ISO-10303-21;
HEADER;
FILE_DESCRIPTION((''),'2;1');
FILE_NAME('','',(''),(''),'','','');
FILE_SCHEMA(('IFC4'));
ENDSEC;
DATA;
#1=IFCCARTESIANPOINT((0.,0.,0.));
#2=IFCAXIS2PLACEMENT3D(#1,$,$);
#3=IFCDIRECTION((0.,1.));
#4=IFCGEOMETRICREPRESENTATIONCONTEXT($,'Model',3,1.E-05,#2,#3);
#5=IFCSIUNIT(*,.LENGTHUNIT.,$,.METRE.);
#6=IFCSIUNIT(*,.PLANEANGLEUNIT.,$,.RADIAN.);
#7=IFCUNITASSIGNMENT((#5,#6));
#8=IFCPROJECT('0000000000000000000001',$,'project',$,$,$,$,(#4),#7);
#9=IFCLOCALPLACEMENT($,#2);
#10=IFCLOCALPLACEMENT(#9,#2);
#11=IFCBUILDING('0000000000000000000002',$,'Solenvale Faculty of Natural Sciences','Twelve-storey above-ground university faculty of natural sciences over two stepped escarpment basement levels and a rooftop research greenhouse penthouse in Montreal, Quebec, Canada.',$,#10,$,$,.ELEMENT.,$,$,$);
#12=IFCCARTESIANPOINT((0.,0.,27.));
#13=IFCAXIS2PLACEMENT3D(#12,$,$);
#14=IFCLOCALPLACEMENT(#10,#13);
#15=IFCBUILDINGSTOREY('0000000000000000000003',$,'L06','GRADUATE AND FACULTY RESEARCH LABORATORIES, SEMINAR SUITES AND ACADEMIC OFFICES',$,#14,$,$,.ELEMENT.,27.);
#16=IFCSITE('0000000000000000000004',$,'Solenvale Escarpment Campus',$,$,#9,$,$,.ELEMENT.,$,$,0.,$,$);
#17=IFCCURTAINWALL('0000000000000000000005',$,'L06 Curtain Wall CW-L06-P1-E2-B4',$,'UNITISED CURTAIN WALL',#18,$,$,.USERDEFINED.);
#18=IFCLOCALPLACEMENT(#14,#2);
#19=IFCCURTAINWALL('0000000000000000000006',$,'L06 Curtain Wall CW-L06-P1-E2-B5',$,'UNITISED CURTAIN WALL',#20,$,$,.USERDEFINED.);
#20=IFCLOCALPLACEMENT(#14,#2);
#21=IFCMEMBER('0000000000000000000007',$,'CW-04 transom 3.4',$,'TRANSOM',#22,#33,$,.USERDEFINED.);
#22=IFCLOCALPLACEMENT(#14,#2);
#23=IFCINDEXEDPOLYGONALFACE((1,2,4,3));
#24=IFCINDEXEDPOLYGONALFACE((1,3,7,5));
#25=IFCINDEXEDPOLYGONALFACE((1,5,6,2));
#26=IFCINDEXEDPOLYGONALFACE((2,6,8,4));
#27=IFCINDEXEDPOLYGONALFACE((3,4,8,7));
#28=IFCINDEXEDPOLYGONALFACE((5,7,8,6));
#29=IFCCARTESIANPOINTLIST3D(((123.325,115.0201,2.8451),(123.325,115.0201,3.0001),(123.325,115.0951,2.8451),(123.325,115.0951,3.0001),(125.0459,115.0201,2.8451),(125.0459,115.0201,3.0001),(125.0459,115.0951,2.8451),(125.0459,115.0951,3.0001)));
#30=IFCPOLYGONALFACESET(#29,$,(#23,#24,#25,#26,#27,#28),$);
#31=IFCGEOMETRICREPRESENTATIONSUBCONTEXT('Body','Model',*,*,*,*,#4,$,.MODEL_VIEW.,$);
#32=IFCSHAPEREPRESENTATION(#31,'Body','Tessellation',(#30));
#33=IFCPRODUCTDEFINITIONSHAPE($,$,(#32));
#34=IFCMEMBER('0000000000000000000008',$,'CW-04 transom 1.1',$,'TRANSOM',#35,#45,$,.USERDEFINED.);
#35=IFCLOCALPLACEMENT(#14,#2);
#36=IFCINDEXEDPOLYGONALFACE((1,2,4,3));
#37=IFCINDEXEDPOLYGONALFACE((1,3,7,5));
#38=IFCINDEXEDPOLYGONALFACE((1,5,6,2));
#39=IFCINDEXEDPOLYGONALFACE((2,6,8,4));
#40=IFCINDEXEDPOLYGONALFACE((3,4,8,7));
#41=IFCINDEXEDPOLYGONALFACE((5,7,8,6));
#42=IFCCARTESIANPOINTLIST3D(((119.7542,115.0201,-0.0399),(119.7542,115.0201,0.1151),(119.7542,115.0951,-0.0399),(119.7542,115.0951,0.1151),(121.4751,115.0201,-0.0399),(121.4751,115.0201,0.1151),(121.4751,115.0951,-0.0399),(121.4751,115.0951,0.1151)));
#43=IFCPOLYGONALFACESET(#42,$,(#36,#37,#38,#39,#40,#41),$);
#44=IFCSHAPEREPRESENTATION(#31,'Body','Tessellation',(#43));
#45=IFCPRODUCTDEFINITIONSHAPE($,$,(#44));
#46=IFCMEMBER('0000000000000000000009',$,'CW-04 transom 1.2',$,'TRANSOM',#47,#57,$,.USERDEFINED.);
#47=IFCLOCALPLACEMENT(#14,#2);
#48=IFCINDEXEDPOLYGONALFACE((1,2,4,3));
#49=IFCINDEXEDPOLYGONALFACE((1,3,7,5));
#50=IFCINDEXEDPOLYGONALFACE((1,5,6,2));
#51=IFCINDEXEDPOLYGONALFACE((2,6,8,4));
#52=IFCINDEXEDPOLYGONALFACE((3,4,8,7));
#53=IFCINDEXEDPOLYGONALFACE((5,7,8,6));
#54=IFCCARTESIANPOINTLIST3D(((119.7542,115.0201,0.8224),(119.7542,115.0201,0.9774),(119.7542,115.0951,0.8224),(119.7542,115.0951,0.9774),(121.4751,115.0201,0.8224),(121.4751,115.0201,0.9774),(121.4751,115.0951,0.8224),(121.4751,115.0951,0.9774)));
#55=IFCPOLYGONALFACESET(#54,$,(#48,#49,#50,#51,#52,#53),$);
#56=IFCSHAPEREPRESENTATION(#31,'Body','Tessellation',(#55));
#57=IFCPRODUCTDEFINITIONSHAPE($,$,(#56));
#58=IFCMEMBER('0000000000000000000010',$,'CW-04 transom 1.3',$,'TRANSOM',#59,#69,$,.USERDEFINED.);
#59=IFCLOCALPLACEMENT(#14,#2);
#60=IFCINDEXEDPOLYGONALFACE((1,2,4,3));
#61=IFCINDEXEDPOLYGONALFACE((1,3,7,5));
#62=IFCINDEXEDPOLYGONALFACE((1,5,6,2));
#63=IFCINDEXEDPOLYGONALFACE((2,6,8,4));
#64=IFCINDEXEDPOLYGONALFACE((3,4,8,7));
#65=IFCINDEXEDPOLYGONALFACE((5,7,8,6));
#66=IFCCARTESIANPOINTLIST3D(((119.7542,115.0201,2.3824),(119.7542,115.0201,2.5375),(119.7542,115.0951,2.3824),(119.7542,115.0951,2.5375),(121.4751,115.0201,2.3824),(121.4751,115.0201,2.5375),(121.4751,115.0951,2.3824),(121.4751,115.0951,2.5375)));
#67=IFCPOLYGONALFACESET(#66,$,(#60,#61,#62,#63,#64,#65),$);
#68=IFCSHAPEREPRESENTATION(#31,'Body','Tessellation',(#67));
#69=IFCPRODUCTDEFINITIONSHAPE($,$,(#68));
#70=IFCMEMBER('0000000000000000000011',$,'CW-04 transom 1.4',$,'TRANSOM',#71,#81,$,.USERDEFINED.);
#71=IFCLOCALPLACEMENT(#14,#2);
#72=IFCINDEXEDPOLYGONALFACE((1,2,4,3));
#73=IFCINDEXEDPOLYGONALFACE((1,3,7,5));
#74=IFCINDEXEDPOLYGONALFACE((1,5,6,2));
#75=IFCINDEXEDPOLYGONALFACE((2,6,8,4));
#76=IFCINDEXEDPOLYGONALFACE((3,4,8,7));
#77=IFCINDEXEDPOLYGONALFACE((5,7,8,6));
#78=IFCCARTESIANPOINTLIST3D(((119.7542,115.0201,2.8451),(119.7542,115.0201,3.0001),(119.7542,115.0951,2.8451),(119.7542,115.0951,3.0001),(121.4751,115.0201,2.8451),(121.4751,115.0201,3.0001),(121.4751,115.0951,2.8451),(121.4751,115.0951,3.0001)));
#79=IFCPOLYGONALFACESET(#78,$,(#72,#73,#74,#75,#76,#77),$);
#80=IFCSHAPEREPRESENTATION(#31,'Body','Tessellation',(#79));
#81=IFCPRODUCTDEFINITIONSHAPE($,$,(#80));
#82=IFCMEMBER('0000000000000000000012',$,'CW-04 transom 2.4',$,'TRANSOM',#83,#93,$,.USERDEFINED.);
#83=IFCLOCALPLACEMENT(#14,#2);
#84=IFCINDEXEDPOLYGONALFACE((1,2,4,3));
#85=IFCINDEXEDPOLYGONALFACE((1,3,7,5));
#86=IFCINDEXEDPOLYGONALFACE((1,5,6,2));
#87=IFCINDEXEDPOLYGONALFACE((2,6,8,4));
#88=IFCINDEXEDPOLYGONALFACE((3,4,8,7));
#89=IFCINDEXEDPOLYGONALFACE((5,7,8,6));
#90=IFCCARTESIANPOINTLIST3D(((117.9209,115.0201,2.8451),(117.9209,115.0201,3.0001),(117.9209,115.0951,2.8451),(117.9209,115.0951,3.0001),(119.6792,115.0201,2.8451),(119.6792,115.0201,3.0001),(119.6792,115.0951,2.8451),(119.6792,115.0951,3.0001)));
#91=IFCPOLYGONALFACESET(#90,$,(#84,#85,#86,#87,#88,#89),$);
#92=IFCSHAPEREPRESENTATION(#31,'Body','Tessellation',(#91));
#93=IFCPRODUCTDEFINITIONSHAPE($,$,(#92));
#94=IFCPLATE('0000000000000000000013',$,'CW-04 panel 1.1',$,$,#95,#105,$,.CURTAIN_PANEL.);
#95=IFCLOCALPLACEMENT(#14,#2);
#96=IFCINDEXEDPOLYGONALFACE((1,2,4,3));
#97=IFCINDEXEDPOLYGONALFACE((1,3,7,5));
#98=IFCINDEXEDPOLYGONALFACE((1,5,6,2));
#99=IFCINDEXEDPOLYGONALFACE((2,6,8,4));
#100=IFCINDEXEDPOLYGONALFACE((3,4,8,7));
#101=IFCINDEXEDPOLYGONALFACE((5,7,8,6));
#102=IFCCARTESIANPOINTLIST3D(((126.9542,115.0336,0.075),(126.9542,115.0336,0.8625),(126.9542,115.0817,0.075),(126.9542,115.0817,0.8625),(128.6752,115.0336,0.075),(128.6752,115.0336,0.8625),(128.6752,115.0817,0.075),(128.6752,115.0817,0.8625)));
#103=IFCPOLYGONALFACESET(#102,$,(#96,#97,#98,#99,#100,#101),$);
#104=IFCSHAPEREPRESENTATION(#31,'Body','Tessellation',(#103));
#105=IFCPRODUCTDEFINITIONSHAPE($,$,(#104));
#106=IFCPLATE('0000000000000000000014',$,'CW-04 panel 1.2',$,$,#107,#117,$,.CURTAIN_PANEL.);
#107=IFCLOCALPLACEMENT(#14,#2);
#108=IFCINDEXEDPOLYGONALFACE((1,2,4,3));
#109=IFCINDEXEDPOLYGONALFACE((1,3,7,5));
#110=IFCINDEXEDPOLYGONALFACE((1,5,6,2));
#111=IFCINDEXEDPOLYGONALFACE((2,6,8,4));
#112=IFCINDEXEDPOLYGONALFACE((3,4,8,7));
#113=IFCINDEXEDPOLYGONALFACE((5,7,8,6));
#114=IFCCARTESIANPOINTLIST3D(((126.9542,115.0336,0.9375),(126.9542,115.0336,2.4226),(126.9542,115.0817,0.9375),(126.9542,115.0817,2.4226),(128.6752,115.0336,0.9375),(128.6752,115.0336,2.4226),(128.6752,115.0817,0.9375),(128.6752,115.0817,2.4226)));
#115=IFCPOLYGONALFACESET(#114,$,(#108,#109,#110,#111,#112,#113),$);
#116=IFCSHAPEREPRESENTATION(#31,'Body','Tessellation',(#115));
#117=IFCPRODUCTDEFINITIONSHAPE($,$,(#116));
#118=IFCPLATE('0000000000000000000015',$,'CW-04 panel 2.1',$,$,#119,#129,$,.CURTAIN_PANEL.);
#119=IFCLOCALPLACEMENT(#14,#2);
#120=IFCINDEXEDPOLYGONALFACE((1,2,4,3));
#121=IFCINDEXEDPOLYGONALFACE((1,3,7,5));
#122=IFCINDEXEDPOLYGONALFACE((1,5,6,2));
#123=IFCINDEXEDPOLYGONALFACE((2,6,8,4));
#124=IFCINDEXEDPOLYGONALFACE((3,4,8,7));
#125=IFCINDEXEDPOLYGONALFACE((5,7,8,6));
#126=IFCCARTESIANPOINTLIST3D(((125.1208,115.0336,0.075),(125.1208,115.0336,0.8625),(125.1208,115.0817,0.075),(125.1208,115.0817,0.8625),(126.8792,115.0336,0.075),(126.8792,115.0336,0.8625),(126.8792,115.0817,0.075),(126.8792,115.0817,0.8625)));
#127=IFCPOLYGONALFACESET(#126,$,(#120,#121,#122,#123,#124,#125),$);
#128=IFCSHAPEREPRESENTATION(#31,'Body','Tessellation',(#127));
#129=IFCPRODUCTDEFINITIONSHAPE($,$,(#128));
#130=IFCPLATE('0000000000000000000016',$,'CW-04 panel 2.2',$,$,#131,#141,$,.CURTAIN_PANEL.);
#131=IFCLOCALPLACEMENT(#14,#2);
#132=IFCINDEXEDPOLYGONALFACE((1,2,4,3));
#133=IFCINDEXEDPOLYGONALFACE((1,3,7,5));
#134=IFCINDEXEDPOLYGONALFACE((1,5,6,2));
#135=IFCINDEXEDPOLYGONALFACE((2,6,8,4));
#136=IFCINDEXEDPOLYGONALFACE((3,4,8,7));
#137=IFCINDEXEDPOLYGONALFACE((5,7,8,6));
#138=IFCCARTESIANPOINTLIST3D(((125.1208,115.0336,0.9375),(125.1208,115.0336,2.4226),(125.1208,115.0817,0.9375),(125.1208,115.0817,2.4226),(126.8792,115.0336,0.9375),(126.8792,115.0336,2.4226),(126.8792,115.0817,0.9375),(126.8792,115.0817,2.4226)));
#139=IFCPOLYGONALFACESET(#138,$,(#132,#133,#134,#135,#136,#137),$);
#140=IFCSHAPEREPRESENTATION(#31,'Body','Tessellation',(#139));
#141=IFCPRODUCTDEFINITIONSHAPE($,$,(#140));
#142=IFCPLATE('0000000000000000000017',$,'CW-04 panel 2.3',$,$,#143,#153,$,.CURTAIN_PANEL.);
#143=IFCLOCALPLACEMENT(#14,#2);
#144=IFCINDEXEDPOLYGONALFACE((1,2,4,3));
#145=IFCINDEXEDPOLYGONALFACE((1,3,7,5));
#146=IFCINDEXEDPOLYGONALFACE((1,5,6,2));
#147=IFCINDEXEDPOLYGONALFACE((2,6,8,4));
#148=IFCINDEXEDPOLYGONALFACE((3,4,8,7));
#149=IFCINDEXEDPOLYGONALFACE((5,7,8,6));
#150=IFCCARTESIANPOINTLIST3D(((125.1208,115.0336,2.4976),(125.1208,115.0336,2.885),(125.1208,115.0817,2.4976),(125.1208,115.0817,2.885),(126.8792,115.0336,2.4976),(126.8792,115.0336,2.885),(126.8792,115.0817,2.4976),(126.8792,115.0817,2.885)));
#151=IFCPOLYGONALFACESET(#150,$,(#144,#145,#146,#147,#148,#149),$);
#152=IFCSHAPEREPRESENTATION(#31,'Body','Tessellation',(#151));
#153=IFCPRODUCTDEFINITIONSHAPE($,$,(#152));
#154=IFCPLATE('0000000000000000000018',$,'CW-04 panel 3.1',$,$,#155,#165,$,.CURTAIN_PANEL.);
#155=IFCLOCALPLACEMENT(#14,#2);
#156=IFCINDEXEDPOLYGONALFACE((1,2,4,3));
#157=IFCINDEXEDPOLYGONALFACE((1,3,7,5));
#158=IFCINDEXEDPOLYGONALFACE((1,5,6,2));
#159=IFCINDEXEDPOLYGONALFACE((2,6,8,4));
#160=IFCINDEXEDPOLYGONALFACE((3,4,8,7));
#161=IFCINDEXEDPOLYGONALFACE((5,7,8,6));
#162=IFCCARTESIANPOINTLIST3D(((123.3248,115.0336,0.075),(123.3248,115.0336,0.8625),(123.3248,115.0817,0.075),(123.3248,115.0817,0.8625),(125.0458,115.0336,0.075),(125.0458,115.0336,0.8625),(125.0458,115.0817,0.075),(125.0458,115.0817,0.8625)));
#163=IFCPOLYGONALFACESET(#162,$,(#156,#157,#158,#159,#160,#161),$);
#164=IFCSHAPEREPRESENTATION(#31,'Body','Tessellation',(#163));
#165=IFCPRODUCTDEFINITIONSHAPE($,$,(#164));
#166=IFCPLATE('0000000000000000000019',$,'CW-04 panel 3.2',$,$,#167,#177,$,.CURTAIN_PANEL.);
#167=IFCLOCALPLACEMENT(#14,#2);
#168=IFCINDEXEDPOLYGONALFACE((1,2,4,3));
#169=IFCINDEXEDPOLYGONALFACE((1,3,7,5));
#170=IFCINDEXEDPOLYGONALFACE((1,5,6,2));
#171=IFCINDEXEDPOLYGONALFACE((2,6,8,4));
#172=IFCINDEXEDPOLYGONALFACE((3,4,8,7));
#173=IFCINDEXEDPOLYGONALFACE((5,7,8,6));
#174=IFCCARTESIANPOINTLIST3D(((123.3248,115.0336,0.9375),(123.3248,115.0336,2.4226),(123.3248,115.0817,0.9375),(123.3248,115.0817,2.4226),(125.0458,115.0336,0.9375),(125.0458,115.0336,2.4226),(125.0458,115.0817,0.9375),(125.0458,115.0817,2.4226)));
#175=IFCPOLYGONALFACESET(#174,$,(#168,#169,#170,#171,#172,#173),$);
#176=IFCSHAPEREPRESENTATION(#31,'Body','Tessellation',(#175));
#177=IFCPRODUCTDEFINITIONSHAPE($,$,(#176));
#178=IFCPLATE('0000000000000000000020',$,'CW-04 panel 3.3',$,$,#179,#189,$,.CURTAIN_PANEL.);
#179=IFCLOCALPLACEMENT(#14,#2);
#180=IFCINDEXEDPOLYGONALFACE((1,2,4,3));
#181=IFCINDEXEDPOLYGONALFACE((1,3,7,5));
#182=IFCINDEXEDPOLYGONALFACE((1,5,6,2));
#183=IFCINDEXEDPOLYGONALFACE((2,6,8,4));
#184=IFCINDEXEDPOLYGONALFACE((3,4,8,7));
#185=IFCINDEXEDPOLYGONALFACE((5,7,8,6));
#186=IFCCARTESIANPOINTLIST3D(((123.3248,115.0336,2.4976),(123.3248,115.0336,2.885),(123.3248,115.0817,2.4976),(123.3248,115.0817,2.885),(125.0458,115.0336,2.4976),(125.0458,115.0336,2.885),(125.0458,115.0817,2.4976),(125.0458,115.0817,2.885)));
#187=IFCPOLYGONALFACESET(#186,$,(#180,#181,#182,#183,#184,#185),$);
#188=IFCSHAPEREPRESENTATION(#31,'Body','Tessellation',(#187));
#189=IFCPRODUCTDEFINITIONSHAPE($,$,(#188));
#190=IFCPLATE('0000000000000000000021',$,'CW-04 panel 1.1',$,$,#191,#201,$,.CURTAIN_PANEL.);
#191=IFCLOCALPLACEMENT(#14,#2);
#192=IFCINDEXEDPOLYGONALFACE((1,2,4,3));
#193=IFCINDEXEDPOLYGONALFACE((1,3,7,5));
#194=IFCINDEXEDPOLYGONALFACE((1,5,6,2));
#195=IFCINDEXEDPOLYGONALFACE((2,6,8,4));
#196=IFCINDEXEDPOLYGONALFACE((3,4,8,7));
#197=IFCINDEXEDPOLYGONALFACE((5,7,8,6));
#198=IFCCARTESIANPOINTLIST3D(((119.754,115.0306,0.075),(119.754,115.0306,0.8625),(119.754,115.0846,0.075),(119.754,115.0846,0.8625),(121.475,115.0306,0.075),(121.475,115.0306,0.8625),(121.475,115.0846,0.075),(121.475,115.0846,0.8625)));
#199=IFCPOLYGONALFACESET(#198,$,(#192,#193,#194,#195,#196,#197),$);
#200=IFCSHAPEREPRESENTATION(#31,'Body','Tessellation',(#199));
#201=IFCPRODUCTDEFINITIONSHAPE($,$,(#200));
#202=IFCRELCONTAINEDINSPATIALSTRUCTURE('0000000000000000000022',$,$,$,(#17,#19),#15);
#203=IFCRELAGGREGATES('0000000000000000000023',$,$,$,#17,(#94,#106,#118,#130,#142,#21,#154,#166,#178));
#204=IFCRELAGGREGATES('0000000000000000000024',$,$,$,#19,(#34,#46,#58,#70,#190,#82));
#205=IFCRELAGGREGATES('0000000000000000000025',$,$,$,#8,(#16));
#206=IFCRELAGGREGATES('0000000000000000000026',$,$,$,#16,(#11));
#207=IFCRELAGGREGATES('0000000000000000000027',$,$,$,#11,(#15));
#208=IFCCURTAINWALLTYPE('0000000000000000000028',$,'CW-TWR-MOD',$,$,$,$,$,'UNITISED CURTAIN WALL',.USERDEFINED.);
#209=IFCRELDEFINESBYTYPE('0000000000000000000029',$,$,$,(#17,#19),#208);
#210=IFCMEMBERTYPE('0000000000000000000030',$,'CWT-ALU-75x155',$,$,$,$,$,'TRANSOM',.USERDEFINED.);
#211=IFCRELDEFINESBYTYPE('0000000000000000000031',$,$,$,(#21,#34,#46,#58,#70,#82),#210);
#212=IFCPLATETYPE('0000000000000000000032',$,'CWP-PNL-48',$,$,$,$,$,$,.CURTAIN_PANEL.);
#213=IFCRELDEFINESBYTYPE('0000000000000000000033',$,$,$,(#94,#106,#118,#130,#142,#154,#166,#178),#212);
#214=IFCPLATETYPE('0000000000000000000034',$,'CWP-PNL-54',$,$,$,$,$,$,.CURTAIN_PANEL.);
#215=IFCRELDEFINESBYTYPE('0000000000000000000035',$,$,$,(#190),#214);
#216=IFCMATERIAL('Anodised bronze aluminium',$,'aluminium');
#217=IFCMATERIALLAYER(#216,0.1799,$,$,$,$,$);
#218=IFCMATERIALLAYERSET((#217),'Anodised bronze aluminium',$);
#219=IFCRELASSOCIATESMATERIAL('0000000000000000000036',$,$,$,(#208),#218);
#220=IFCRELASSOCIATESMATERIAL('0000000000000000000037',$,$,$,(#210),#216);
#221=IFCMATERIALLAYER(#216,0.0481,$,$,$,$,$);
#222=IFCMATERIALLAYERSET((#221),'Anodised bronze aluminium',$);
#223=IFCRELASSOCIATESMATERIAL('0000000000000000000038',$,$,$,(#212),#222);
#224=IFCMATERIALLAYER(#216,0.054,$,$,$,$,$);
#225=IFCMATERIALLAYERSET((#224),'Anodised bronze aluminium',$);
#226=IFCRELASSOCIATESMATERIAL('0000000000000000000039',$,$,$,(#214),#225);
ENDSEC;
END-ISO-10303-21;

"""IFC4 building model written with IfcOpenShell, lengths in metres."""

from ifc_helpers import new_model, si_unit, direction, frame, origin, origin_2d, place, context, subcontext, project, spatial, rectangle, extrude, material, layer, layer_set, material_profile, profile_set, type_object, element, aggregate, save


model = new_model("IFC4")

# Units and contexts
model_context = context("Model", 3, precision=1e-05, world=origin(), true_north=direction((0.0, 1.0)))
body_context = subcontext(model_context, "Body", "Model", "MODEL_VIEW")
ifc_project = project(units=[si_unit("LENGTHUNIT", "METRE"), si_unit("PLANEANGLEUNIT", "RADIAN")], contexts=[model_context])

# Site, building, storey
site_placement = place(None, origin())
site = spatial("IfcSite", under=ifc_project, at=site_placement, Name="Solenvale Escarpment Campus", CompositionType="ELEMENT", RefElevation=0.0)
building_placement = place(site_placement, origin())
building = spatial("IfcBuilding", under=site, at=building_placement, Name="Solenvale Faculty of Natural Sciences", Description="Twelve-storey above-ground university faculty of natural sciences over two stepped escarpment basement levels and a rooftop research greenhouse penthouse in Montreal, Quebec, Canada.", CompositionType="ELEMENT")
storey_placement = place(building_placement, frame((0.0, 0.0, 27.0)))
storey = spatial("IfcBuildingStorey", under=building, at=storey_placement, Name="L06", Description="GRADUATE AND FACULTY RESEARCH LABORATORIES, SEMINAR SUITES AND ACADEMIC OFFICES", CompositionType="ELEMENT", Elevation=27.0)

# Curtain walls
ifc_material_1 = material(Name="Anodised bronze aluminium", Category="aluminium")
ifc_layer_1 = layer(ifc_material_1, 0.1799)
ifc_layer_set_1 = layer_set([ifc_layer_1], Name="Anodised bronze aluminium")
curtain_wall_type = type_object("IfcCurtainWallType", Name="CW-TWR-MOD", ElementType="UNITISED CURTAIN WALL", PredefinedType="USERDEFINED", material=ifc_layer_set_1)
curtain_wall_1_placement = place(storey_placement, origin())
curtain_wall_1 = element("IfcCurtainWall", 1, at=curtain_wall_1_placement, inside=storey, type_object=curtain_wall_type, Name="L06 Curtain Wall CW-L06-P1-E2-B4", ObjectType="UNITISED CURTAIN WALL", PredefinedType="USERDEFINED")
curtain_wall_2_placement = place(storey_placement, origin())
curtain_wall_2 = element("IfcCurtainWall", 2, at=curtain_wall_2_placement, inside=storey, type_object=curtain_wall_type, Name="L06 Curtain Wall CW-L06-P1-E2-B5", ObjectType="UNITISED CURTAIN WALL", PredefinedType="USERDEFINED")

# Members
ifc_material_profile_1 = material_profile(ifc_material_1, rectangle(XDim=0.075, YDim=0.155, at=origin_2d()), Name="ALU-TRN-75x155")
ifc_profile_set_1 = profile_set([ifc_material_profile_1], Name="Anodised bronze aluminium")
member_type_1 = type_object("IfcMemberType", Name="CWT-ALU-75x155", ElementType="TRANSOM", PredefinedType="USERDEFINED", material=ifc_profile_set_1)
member_1_placement = place(storey_placement, frame((125.0459, 115.0576, 2.9226), z_axis=(-1.0, 0.0, 0.0), x_axis=(0.0, -1.0, 0.0)))
member_1 = element("IfcMember", 3, at=member_1_placement, type_object=member_type_1, Name="CW-04 transom 3.4", ObjectType="TRANSOM", PredefinedType="USERDEFINED", context=body_context, shape_type="SweptSolid", body=[
    extrude(rectangle(XDim=0.075, YDim=0.155, at=origin_2d()), origin(), (0.0, 0.0, 1.0), 1.7209),
])
member_2_placement = place(storey_placement, frame((121.4751, 115.0576, 0.0376), z_axis=(-1.0, 0.0, 0.0), x_axis=(0.0, -1.0, 0.0)))
member_2 = element("IfcMember", 4, at=member_2_placement, type_object=member_type_1, Name="CW-04 transom 1.1", ObjectType="TRANSOM", PredefinedType="USERDEFINED", context=body_context, shape_type="SweptSolid", body=[
    extrude(rectangle(XDim=0.075, YDim=0.155, at=origin_2d()), origin(), (0.0, 0.0, 1.0), 1.7209),
])
member_3_placement = place(storey_placement, frame((121.4751, 115.0576, 0.8999), z_axis=(-1.0, 0.0, 0.0), x_axis=(0.0, -1.0, 0.0)))
member_3 = element("IfcMember", 5, at=member_3_placement, type_object=member_type_1, Name="CW-04 transom 1.2", ObjectType="TRANSOM", PredefinedType="USERDEFINED", context=body_context, shape_type="SweptSolid", body=[
    extrude(rectangle(XDim=0.075, YDim=0.155, at=origin_2d()), origin(), (0.0, 0.0, 1.0), 1.7209),
])
member_4_placement = place(storey_placement, frame((121.4751, 115.0576, 2.46), z_axis=(-1.0, 0.0, 0.0), x_axis=(0.0, -1.0, 0.0)))
member_4 = element("IfcMember", 6, at=member_4_placement, type_object=member_type_1, Name="CW-04 transom 1.3", ObjectType="TRANSOM", PredefinedType="USERDEFINED", context=body_context, shape_type="SweptSolid", body=[
    extrude(rectangle(XDim=0.075, YDim=0.155, at=origin_2d()), origin(), (0.0, 0.0, 1.0), 1.7209),
])
member_5_placement = place(storey_placement, frame((121.4751, 115.0576, 2.9226), z_axis=(-1.0, 0.0, 0.0), x_axis=(0.0, -1.0, 0.0)))
member_5 = element("IfcMember", 7, at=member_5_placement, type_object=member_type_1, Name="CW-04 transom 1.4", ObjectType="TRANSOM", PredefinedType="USERDEFINED", context=body_context, shape_type="SweptSolid", body=[
    extrude(rectangle(XDim=0.075, YDim=0.155, at=origin_2d()), origin(), (0.0, 0.0, 1.0), 1.7209),
])
member_6_placement = place(storey_placement, frame((119.6792, 115.0576, 2.9226), z_axis=(-1.0, 0.0, 0.0), x_axis=(0.0, -1.0, 0.0)))
member_6 = element("IfcMember", 8, at=member_6_placement, type_object=member_type_1, Name="CW-04 transom 2.4", ObjectType="TRANSOM", PredefinedType="USERDEFINED", context=body_context, shape_type="SweptSolid", body=[
    extrude(rectangle(XDim=0.075, YDim=0.155, at=origin_2d()), origin(), (0.0, 0.0, 1.0), 1.7583),
])

# Plates
ifc_layer_2 = layer(ifc_material_1, 0.0481)
ifc_layer_set_2 = layer_set([ifc_layer_2], Name="Anodised bronze aluminium")
plate_type_1 = type_object("IfcPlateType", Name="CWP-PNL-48", PredefinedType="CURTAIN_PANEL", material=ifc_layer_set_2)
plate_1_placement = place(storey_placement, frame((127.8147, 115.0576, 0.075), z_axis=(0.0, 0.0, 1.0), x_axis=(-1.0, 0.0, 0.0)))
plate_1 = element("IfcPlate", 9, at=plate_1_placement, type_object=plate_type_1, Name="CW-04 panel 1.1", PredefinedType="CURTAIN_PANEL", context=body_context, shape_type="SweptSolid", body=[
    extrude(rectangle(XDim=1.7209, YDim=0.0481, at=origin_2d()), origin(), (0.0, 0.0, 1.0), 0.7876),
])
plate_2_placement = place(storey_placement, frame((127.8147, 115.0576, 0.9375), z_axis=(0.0, 0.0, 1.0), x_axis=(-1.0, 0.0, 0.0)))
plate_2 = element("IfcPlate", 10, at=plate_2_placement, type_object=plate_type_1, Name="CW-04 panel 1.2", PredefinedType="CURTAIN_PANEL", context=body_context, shape_type="SweptSolid", body=[
    extrude(rectangle(XDim=1.7209, YDim=0.0481, at=origin_2d()), origin(), (0.0, 0.0, 1.0), 1.4851),
])
plate_3_placement = place(storey_placement, frame((126.0, 115.0576, 0.075), z_axis=(0.0, 0.0, 1.0), x_axis=(-1.0, 0.0, 0.0)))
plate_3 = element("IfcPlate", 11, at=plate_3_placement, type_object=plate_type_1, Name="CW-04 panel 2.1", PredefinedType="CURTAIN_PANEL", context=body_context, shape_type="SweptSolid", body=[
    extrude(rectangle(XDim=1.7583, YDim=0.0481, at=origin_2d()), origin(), (0.0, 0.0, 1.0), 0.7876),
])
plate_4_placement = place(storey_placement, frame((126.0, 115.0576, 0.9375), z_axis=(0.0, 0.0, 1.0), x_axis=(-1.0, 0.0, 0.0)))
plate_4 = element("IfcPlate", 12, at=plate_4_placement, type_object=plate_type_1, Name="CW-04 panel 2.2", PredefinedType="CURTAIN_PANEL", context=body_context, shape_type="SweptSolid", body=[
    extrude(rectangle(XDim=1.7583, YDim=0.0481, at=origin_2d()), origin(), (0.0, 0.0, 1.0), 1.4851),
])
plate_5_placement = place(storey_placement, frame((126.0, 115.0576, 2.4976), z_axis=(0.0, 0.0, 1.0), x_axis=(-1.0, 0.0, 0.0)))
plate_5 = element("IfcPlate", 13, at=plate_5_placement, type_object=plate_type_1, Name="CW-04 panel 2.3", PredefinedType="CURTAIN_PANEL", context=body_context, shape_type="SweptSolid", body=[
    extrude(rectangle(XDim=1.7583, YDim=0.0481, at=origin_2d()), origin(), (0.0, 0.0, 1.0), 0.3875),
])
plate_6_placement = place(storey_placement, frame((124.1853, 115.0576, 0.075), z_axis=(0.0, 0.0, 1.0), x_axis=(-1.0, 0.0, 0.0)))
plate_6 = element("IfcPlate", 14, at=plate_6_placement, type_object=plate_type_1, Name="CW-04 panel 3.1", PredefinedType="CURTAIN_PANEL", context=body_context, shape_type="SweptSolid", body=[
    extrude(rectangle(XDim=1.7209, YDim=0.0481, at=origin_2d()), origin(), (0.0, 0.0, 1.0), 0.7876),
])
plate_7_placement = place(storey_placement, frame((124.1853, 115.0576, 0.9375), z_axis=(0.0, 0.0, 1.0), x_axis=(-1.0, 0.0, 0.0)))
plate_7 = element("IfcPlate", 15, at=plate_7_placement, type_object=plate_type_1, Name="CW-04 panel 3.2", PredefinedType="CURTAIN_PANEL", context=body_context, shape_type="SweptSolid", body=[
    extrude(rectangle(XDim=1.7209, YDim=0.0481, at=origin_2d()), origin(), (0.0, 0.0, 1.0), 1.4851),
])
plate_8_placement = place(storey_placement, frame((124.1853, 115.0576, 2.4976), z_axis=(0.0, 0.0, 1.0), x_axis=(-1.0, 0.0, 0.0)))
plate_8 = element("IfcPlate", 16, at=plate_8_placement, type_object=plate_type_1, Name="CW-04 panel 3.3", PredefinedType="CURTAIN_PANEL", context=body_context, shape_type="SweptSolid", body=[
    extrude(rectangle(XDim=1.7209, YDim=0.0481, at=origin_2d()), origin(), (0.0, 0.0, 1.0), 0.3875),
])
aggregate(curtain_wall_1, [plate_1, plate_2, plate_3, plate_4, plate_5, member_1, plate_6, plate_7, plate_8])
ifc_layer_3 = layer(ifc_material_1, 0.054)
ifc_layer_set_3 = layer_set([ifc_layer_3], Name="Anodised bronze aluminium")
plate_type_2 = type_object("IfcPlateType", Name="CWP-PNL-54", PredefinedType="CURTAIN_PANEL", material=ifc_layer_set_3)
plate_9_placement = place(storey_placement, frame((120.6145, 115.0576, 0.075), z_axis=(0.0, 0.0, 1.0), x_axis=(-1.0, 0.0, 0.0)))
plate_9 = element("IfcPlate", 17, at=plate_9_placement, type_object=plate_type_2, Name="CW-04 panel 1.1", PredefinedType="CURTAIN_PANEL", context=body_context, shape_type="SweptSolid", body=[
    extrude(rectangle(XDim=1.7209, YDim=0.054, at=origin_2d()), origin(), (0.0, 0.0, 1.0), 0.7876),
])
aggregate(curtain_wall_2, [member_2, member_3, member_4, member_5, plate_9, member_6])

save(model, "model.ifc")
